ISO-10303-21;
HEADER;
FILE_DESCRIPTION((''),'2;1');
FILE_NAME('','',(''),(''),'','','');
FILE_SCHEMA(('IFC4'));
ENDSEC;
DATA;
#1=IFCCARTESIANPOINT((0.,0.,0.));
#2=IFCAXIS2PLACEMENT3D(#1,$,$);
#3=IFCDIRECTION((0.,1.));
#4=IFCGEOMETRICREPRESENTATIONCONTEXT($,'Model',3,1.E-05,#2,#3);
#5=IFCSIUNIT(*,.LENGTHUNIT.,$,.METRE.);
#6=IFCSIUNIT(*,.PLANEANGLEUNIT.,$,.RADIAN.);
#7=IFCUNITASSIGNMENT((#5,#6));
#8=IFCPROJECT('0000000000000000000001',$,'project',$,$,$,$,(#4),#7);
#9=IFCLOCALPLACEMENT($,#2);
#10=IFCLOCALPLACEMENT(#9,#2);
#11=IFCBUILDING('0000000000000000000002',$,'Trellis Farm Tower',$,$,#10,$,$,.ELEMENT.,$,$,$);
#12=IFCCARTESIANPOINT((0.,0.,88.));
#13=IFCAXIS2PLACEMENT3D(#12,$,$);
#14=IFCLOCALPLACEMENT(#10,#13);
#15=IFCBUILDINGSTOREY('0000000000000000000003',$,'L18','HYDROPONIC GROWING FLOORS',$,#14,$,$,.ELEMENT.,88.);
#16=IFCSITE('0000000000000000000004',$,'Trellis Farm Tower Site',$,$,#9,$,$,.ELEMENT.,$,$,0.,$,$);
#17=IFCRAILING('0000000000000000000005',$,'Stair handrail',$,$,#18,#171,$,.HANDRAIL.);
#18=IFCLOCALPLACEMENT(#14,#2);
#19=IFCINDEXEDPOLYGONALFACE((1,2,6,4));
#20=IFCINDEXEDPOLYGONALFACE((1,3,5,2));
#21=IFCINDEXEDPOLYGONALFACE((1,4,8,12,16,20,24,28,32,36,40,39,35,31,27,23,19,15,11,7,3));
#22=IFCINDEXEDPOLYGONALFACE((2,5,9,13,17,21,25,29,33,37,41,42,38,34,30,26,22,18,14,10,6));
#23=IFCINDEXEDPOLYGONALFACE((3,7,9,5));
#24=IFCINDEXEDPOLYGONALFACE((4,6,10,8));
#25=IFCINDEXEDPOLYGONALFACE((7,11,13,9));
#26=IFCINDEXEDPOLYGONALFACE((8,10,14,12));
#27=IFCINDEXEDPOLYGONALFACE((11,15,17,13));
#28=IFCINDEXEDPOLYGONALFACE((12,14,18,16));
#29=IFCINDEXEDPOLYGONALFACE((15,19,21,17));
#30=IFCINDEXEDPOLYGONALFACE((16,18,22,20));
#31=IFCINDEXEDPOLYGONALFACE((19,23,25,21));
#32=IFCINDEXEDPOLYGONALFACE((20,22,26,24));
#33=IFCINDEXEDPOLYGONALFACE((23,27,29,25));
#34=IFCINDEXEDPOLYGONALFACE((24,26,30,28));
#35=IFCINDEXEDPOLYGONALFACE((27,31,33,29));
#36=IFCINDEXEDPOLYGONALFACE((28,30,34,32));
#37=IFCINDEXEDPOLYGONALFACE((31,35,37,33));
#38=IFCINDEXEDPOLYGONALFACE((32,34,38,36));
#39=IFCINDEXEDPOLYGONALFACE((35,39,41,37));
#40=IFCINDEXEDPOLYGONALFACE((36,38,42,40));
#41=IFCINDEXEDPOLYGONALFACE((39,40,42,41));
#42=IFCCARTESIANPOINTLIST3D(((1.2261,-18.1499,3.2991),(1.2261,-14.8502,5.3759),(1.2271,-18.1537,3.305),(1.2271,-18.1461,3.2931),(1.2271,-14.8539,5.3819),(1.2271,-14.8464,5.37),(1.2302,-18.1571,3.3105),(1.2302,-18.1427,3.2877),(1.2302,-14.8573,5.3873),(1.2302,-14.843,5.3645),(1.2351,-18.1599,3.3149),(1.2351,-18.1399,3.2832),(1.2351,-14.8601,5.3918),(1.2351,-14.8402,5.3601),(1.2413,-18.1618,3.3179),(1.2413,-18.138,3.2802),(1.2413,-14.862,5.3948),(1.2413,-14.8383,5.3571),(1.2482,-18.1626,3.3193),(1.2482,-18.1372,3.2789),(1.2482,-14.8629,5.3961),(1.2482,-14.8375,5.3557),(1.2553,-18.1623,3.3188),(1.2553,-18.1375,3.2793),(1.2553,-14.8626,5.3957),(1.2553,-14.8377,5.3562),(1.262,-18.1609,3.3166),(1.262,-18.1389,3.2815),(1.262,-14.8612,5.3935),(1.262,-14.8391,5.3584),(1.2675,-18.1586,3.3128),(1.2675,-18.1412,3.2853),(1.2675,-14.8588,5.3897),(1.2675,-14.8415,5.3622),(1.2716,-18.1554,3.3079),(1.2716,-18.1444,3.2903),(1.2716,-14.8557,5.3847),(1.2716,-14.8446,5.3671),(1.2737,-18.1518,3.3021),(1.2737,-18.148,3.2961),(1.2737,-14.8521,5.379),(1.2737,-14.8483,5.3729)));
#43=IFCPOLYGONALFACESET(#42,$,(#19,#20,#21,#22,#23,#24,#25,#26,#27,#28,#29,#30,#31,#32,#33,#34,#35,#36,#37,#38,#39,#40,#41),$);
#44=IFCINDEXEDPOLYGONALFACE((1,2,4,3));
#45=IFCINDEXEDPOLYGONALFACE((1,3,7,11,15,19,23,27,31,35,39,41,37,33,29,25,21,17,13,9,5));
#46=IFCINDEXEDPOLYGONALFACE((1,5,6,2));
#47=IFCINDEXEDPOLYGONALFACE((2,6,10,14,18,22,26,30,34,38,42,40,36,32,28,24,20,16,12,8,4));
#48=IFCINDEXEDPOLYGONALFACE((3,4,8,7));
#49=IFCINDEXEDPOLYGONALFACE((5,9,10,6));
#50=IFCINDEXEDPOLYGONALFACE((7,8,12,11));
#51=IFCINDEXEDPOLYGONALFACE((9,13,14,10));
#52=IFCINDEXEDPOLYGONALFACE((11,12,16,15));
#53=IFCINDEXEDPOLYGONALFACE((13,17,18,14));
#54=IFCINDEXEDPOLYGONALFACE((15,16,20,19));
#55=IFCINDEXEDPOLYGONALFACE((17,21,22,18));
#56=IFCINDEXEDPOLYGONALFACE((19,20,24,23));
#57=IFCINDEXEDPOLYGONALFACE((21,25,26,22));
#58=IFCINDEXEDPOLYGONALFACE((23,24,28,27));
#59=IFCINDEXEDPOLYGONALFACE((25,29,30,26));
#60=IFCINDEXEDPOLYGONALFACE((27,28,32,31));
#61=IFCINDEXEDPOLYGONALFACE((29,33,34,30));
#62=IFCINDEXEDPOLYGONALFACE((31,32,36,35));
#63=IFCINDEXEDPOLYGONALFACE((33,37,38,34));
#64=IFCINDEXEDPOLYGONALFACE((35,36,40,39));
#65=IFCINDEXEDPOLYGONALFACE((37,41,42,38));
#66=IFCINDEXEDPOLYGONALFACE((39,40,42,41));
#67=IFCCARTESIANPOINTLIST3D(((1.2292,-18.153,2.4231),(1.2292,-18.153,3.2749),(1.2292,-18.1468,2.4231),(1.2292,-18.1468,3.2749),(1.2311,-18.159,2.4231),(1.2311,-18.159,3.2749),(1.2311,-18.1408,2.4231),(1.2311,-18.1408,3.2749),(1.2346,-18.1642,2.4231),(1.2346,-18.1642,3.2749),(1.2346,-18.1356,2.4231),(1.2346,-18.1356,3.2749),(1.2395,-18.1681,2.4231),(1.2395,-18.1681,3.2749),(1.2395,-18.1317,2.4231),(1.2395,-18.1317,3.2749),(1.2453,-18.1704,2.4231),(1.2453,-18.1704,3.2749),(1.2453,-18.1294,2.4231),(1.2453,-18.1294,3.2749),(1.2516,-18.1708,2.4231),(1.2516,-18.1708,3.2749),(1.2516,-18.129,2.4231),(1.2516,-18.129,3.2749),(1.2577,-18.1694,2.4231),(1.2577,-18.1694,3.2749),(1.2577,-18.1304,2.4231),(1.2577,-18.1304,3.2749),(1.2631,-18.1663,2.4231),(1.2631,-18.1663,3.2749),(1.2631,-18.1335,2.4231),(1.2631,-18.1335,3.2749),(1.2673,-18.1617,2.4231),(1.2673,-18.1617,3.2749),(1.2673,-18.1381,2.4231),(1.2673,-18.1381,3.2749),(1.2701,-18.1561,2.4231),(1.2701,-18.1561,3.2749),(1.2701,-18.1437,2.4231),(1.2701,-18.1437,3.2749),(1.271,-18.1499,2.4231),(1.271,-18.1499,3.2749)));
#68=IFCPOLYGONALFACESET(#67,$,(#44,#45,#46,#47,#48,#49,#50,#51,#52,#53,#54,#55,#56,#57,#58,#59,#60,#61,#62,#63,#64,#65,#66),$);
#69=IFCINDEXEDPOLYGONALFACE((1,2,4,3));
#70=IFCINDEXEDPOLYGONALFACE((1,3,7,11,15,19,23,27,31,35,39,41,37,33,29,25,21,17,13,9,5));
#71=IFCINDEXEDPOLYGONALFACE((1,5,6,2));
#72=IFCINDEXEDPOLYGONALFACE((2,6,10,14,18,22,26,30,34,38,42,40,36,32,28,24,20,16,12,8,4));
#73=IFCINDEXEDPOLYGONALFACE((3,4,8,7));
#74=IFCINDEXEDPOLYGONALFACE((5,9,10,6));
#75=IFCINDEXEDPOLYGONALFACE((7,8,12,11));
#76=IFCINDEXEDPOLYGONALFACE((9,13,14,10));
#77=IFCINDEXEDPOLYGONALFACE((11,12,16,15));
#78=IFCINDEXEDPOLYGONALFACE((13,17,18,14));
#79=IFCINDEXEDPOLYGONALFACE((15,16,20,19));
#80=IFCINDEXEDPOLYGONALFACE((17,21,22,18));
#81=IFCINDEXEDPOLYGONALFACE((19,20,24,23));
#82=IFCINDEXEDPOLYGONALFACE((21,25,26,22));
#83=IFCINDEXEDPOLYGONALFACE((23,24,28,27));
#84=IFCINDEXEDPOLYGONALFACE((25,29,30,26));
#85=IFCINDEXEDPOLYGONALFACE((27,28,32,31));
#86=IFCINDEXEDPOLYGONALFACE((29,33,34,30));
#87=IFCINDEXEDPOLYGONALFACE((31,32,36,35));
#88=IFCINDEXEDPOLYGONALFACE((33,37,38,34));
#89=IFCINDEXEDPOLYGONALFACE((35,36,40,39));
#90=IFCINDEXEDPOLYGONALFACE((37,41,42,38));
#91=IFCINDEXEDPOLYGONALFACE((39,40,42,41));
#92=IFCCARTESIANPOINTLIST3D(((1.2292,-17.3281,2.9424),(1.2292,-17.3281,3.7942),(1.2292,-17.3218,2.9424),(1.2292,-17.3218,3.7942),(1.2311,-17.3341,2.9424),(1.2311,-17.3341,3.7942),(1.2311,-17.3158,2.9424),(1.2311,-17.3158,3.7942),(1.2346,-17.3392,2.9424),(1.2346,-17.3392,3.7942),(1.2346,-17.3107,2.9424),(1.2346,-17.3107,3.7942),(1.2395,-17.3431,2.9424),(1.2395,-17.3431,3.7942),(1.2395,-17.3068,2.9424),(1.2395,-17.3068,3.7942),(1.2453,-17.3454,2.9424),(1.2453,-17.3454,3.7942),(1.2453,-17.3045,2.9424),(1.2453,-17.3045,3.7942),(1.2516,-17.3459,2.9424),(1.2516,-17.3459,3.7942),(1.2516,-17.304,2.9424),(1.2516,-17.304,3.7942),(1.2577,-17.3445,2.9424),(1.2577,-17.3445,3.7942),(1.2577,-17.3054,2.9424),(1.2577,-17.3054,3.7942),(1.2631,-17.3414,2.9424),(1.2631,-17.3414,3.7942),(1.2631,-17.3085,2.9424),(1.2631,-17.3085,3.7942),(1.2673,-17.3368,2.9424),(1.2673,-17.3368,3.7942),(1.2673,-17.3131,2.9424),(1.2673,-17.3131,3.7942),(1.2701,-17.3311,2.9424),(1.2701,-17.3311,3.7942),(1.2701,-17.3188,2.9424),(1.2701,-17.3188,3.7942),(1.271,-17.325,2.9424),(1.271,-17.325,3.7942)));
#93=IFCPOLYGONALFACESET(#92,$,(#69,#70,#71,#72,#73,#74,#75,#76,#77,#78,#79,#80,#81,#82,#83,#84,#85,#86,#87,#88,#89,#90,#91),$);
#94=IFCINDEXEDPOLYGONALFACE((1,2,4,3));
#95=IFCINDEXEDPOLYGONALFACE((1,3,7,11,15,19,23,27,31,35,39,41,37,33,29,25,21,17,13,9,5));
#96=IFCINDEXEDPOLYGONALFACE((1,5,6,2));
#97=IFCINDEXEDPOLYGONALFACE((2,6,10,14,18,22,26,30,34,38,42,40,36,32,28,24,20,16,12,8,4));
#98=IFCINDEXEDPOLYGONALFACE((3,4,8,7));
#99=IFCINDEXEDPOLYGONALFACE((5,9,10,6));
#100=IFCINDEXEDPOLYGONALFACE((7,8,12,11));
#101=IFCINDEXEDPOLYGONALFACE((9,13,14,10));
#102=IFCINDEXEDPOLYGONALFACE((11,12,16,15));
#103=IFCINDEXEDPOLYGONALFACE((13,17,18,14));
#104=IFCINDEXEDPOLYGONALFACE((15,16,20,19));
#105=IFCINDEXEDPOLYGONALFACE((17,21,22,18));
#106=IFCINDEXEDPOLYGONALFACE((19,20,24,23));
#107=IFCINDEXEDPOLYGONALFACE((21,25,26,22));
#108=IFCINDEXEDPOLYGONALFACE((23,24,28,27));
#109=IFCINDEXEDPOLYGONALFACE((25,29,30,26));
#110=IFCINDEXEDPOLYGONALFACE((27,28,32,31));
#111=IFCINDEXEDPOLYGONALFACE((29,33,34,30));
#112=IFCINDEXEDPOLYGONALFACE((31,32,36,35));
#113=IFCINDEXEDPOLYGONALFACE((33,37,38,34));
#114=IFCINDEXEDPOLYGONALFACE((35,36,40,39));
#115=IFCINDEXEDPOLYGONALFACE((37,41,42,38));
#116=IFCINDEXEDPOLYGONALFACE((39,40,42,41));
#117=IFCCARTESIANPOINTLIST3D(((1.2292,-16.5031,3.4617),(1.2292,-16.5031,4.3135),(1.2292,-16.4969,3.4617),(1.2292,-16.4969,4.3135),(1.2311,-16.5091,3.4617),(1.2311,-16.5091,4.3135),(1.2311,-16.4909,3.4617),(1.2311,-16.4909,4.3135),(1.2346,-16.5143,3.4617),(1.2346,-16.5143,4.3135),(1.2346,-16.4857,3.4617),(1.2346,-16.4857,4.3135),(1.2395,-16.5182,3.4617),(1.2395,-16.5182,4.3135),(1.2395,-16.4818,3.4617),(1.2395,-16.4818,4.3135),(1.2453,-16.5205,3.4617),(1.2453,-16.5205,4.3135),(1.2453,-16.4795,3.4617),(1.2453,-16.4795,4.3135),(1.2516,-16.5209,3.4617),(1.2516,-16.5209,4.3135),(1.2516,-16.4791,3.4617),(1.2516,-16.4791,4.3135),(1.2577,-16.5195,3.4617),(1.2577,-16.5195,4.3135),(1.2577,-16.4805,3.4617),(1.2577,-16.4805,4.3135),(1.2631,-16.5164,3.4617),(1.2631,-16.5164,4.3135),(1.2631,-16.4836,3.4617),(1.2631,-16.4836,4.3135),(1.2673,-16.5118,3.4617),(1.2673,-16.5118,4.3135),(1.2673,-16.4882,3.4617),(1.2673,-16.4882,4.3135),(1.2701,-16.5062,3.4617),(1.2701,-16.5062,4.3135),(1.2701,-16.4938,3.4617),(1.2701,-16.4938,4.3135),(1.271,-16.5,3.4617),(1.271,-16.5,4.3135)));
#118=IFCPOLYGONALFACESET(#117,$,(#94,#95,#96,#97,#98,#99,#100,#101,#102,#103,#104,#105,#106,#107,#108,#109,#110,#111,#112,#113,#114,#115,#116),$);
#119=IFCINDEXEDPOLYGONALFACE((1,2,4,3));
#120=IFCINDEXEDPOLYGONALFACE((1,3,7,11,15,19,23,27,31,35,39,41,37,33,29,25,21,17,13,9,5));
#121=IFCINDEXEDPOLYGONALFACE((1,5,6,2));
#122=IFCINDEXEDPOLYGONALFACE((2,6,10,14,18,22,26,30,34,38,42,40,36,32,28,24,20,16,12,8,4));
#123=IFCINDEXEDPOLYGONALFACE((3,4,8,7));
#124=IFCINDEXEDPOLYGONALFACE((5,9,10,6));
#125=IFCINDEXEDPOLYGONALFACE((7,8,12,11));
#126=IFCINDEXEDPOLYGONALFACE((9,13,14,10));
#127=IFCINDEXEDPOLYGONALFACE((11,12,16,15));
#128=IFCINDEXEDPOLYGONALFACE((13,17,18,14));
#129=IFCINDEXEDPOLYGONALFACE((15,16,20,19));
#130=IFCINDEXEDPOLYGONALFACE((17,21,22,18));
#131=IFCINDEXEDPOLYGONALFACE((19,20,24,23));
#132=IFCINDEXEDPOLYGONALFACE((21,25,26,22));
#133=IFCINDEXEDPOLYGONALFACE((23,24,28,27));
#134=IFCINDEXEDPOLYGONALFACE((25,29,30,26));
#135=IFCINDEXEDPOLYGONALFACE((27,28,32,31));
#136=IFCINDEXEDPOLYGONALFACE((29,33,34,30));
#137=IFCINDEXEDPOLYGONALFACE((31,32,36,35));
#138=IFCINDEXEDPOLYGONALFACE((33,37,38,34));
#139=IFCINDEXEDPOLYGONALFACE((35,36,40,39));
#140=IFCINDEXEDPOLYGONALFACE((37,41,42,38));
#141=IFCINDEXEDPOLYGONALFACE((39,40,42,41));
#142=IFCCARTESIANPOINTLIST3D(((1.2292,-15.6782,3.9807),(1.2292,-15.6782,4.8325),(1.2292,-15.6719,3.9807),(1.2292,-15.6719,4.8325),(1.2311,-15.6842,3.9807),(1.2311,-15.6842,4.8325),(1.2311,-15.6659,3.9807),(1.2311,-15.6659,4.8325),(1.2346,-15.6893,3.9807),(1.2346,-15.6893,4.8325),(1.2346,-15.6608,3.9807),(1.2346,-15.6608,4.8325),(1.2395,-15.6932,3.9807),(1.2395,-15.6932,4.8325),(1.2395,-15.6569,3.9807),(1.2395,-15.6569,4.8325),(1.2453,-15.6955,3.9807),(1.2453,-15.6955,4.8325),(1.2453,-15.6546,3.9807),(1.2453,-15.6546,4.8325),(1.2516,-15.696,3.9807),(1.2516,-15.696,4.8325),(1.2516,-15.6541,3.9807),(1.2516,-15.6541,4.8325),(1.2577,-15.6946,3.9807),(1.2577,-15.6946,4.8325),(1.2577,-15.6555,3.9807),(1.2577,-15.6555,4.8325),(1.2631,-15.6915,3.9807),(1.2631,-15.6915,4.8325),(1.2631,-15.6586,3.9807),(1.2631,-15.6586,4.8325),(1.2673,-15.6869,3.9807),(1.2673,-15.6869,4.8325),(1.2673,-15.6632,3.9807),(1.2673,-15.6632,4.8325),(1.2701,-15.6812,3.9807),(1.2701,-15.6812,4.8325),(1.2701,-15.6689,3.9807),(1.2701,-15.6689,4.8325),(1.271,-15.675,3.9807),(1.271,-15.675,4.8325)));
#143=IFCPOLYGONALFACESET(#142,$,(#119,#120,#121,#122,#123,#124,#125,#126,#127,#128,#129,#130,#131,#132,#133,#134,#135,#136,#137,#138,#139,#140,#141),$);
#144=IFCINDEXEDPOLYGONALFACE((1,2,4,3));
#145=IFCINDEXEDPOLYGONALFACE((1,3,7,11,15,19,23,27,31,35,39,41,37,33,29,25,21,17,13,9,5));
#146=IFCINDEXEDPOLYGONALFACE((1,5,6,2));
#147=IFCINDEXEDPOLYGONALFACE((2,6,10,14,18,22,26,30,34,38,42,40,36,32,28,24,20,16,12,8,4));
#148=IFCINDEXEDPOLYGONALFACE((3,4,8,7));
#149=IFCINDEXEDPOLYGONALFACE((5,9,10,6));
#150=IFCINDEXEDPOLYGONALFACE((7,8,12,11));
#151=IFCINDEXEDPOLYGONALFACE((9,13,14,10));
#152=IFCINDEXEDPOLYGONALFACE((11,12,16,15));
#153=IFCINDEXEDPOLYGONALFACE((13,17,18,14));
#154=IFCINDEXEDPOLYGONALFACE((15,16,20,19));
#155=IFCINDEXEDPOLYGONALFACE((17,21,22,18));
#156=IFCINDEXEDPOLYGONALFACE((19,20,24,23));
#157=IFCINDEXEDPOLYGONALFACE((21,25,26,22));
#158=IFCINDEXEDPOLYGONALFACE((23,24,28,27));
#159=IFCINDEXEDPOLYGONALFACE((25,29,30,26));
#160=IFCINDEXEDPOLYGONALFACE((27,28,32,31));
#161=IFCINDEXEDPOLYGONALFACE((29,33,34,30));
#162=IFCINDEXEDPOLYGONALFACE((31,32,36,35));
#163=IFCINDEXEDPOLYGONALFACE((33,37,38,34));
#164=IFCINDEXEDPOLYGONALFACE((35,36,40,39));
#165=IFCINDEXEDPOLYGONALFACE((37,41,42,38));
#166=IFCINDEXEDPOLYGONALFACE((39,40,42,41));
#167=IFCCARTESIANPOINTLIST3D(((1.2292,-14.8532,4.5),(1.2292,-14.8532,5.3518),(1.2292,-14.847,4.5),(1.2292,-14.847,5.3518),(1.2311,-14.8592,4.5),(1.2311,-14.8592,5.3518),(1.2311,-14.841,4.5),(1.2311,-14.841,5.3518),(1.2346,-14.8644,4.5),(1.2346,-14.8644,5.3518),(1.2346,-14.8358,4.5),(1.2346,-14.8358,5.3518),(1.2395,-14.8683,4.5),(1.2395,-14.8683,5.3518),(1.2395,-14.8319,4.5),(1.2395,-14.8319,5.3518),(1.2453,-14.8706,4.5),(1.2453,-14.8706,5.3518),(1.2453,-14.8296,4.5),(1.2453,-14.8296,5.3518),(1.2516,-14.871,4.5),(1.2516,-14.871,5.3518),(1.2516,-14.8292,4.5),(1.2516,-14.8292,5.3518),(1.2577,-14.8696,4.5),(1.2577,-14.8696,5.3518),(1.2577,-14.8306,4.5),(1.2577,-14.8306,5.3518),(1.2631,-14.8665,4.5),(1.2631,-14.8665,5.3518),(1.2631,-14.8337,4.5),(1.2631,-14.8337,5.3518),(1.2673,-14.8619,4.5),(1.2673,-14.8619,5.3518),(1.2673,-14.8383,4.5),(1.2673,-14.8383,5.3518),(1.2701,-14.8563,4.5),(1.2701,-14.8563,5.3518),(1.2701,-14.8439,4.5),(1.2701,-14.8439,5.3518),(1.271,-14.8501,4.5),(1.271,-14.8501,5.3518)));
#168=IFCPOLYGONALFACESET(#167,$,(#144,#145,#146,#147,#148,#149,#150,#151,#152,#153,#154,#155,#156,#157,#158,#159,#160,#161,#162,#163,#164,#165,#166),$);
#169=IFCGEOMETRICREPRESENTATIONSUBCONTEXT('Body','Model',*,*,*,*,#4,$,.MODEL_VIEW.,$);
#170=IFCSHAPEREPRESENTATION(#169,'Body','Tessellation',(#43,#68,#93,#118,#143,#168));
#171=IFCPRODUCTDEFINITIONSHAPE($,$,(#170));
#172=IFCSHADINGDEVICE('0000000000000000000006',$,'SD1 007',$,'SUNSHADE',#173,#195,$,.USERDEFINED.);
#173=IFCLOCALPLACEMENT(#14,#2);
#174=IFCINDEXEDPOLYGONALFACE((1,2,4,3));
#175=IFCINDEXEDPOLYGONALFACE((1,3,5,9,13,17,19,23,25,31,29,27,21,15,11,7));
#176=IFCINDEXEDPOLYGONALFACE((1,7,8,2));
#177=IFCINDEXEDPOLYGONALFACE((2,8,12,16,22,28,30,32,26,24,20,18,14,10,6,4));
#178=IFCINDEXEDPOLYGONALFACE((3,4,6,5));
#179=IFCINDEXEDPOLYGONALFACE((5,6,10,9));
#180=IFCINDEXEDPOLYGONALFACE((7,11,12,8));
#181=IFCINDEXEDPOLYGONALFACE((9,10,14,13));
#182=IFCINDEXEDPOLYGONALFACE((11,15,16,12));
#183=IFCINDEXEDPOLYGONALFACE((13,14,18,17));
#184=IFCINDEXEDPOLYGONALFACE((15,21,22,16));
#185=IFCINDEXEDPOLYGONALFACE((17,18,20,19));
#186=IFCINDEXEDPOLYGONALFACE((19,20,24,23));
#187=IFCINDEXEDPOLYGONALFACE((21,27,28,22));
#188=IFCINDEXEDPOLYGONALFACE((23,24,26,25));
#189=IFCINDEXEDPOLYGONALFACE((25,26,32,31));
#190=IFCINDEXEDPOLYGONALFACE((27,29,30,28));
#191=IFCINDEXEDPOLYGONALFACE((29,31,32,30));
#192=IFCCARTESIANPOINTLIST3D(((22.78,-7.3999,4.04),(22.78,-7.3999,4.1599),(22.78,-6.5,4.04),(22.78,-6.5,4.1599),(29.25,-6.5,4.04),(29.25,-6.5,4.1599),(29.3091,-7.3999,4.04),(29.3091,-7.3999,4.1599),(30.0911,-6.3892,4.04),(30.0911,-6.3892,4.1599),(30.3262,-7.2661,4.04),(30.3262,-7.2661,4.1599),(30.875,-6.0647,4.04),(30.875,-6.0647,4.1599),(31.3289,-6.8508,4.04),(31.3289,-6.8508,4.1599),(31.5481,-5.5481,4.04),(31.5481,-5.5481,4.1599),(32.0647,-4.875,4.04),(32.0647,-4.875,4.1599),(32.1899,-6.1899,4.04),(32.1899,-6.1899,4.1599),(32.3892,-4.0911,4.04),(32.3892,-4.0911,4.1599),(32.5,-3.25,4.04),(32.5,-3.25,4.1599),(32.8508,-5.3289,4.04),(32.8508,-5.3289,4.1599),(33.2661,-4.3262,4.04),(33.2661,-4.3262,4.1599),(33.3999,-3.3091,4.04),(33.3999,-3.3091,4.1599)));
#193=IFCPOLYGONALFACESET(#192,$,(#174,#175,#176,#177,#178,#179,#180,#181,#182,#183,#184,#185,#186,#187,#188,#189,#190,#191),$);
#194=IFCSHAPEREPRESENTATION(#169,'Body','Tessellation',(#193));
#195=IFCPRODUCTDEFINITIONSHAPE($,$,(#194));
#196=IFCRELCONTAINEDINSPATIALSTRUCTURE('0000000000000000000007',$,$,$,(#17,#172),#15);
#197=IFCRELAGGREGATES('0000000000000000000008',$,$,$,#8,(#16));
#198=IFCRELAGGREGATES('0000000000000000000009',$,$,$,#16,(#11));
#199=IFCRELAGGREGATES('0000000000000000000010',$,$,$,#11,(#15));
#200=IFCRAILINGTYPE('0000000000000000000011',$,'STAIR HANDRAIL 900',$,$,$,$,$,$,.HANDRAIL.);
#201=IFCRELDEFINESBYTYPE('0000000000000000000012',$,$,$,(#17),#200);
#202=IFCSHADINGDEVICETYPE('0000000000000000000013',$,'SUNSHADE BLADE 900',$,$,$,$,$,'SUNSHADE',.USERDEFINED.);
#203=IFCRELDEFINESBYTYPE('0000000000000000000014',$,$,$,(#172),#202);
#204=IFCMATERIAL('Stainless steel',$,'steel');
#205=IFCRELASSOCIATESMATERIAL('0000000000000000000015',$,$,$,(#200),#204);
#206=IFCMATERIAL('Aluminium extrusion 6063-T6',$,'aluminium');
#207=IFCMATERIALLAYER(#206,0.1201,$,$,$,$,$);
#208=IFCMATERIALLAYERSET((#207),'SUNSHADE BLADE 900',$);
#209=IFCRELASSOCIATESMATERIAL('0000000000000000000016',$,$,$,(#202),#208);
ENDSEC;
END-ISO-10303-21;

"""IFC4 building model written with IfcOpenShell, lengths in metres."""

from ifc_helpers import new_model, si_unit, direction, frame, origin, origin_2d, place, context, subcontext, project, spatial, polyline, circle, outline, extrude, source, transform, mapped, material, layer, layer_set, type_object, element, save


model = new_model("IFC4")

# Units and contexts
model_context = context("Model", 3, precision=1e-05, world=origin(), true_north=direction((0.0, 1.0)))
body_context = subcontext(model_context, "Body", "Model", "MODEL_VIEW")
ifc_project = project(units=[si_unit("LENGTHUNIT", "METRE"), si_unit("PLANEANGLEUNIT", "RADIAN")], contexts=[model_context])

# Site, building, storey
site_placement = place(None, origin())
site = spatial("IfcSite", under=ifc_project, at=site_placement, Name="Trellis Farm Tower Site", CompositionType="ELEMENT", RefElevation=0.0)
building_placement = place(site_placement, origin())
building = spatial("IfcBuilding", under=site, at=building_placement, Name="Trellis Farm Tower", CompositionType="ELEMENT")
storey_placement = place(building_placement, frame((0.0, 0.0, 88.0)))
storey = spatial("IfcBuildingStorey", under=building, at=storey_placement, Name="L18", Description="HYDROPONIC GROWING FLOORS", CompositionType="ELEMENT", Elevation=88.0)

# Shared definitions
ifc_material_1 = material(Name="Aluminium extrusion 6063-T6", Category="aluminium")

# Railing
ifc_material_2 = material(Name="Stainless steel", Category="steel")
railing_type = type_object("IfcRailingType", Name="STAIR HANDRAIL 900", PredefinedType="HANDRAIL", material=ifc_material_2)
shared_shape_1 = source(origin(), body_context, "Body", "SweptSolid", [
    extrude(circle(Radius=0.0239, at=origin_2d()), frame((0.0, 0.0, 0.876), z_axis=(0.0, 0.84632, 0.532675), x_axis=(-1.0, 0.0, 0.0)), (0.0, 0.0, 1.0), 3.8989),
    extrude(circle(Radius=0.021, at=origin_2d()), origin(), (0.0, 0.0, 1.0), 0.8518),
    extrude(circle(Radius=0.021, at=origin_2d()), frame((0.0, 0.825, 0.5193)), (0.0, 0.0, 1.0), 0.8518),
    extrude(circle(Radius=0.021, at=origin_2d()), frame((0.0, 1.6499, 1.0386)), (0.0, 0.0, 1.0), 0.8518),
    extrude(circle(Radius=0.021, at=origin_2d()), frame((0.0, 2.4749, 1.5576)), (0.0, 0.0, 1.0), 0.8518),
    extrude(circle(Radius=0.021, at=origin_2d()), frame((0.0, 3.2998, 2.0769)), (0.0, 0.0, 1.0), 0.8518),
])
railing_placement = place(storey_placement, frame((1.25, -18.1499, 2.4231)))
element("IfcRailing", 1, at=railing_placement, inside=storey, type_object=railing_type, Name="Stair handrail", PredefinedType="HANDRAIL", context=body_context, shape_type="MappedRepresentation", body=[
    mapped(shared_shape_1, transform((0.0, 0.0, 0.0))),
])

# Shading device
ifc_layer_1 = layer(ifc_material_1, 0.1201)
ifc_layer_set_1 = layer_set([ifc_layer_1], Name="SUNSHADE BLADE 900")
shading_device_type_1 = type_object("IfcShadingDeviceType", Name="SUNSHADE BLADE 900", ElementType="SUNSHADE", PredefinedType="USERDEFINED", material=ifc_layer_set_1)
shared_shape_2 = source(origin(), body_context, "Body", "SweptSolid", [
    extrude(outline(polyline([(22.78, -7.3999), (29.3091, -7.3999), (30.3262, -7.2661), (31.3289, -6.8508), (32.1899, -6.1899), (32.8508, -5.3289), (33.2661, -4.3262), (33.3999, -3.3091), (32.5, -3.25), (32.3892, -4.0911), (32.0647, -4.875), (31.5481, -5.5481), (30.875, -6.0647), (30.0911, -6.3892), (29.25, -6.5), (22.78, -6.5), (22.78, -7.3999)])), origin(), (0.0, 0.0, 1.0), 0.1199),
])
placement_1 = place(storey_placement, frame((0.0, 0.0, 4.04)))
element("IfcShadingDevice", 2, at=placement_1, inside=storey, type_object=shading_device_type_1, Name="SD1 007", ObjectType="SUNSHADE", PredefinedType="USERDEFINED", context=body_context, shape_type="MappedRepresentation", body=[
    mapped(shared_shape_2, transform((0.0, 0.0, 0.0))),
])

save(model, "model.ifc")
